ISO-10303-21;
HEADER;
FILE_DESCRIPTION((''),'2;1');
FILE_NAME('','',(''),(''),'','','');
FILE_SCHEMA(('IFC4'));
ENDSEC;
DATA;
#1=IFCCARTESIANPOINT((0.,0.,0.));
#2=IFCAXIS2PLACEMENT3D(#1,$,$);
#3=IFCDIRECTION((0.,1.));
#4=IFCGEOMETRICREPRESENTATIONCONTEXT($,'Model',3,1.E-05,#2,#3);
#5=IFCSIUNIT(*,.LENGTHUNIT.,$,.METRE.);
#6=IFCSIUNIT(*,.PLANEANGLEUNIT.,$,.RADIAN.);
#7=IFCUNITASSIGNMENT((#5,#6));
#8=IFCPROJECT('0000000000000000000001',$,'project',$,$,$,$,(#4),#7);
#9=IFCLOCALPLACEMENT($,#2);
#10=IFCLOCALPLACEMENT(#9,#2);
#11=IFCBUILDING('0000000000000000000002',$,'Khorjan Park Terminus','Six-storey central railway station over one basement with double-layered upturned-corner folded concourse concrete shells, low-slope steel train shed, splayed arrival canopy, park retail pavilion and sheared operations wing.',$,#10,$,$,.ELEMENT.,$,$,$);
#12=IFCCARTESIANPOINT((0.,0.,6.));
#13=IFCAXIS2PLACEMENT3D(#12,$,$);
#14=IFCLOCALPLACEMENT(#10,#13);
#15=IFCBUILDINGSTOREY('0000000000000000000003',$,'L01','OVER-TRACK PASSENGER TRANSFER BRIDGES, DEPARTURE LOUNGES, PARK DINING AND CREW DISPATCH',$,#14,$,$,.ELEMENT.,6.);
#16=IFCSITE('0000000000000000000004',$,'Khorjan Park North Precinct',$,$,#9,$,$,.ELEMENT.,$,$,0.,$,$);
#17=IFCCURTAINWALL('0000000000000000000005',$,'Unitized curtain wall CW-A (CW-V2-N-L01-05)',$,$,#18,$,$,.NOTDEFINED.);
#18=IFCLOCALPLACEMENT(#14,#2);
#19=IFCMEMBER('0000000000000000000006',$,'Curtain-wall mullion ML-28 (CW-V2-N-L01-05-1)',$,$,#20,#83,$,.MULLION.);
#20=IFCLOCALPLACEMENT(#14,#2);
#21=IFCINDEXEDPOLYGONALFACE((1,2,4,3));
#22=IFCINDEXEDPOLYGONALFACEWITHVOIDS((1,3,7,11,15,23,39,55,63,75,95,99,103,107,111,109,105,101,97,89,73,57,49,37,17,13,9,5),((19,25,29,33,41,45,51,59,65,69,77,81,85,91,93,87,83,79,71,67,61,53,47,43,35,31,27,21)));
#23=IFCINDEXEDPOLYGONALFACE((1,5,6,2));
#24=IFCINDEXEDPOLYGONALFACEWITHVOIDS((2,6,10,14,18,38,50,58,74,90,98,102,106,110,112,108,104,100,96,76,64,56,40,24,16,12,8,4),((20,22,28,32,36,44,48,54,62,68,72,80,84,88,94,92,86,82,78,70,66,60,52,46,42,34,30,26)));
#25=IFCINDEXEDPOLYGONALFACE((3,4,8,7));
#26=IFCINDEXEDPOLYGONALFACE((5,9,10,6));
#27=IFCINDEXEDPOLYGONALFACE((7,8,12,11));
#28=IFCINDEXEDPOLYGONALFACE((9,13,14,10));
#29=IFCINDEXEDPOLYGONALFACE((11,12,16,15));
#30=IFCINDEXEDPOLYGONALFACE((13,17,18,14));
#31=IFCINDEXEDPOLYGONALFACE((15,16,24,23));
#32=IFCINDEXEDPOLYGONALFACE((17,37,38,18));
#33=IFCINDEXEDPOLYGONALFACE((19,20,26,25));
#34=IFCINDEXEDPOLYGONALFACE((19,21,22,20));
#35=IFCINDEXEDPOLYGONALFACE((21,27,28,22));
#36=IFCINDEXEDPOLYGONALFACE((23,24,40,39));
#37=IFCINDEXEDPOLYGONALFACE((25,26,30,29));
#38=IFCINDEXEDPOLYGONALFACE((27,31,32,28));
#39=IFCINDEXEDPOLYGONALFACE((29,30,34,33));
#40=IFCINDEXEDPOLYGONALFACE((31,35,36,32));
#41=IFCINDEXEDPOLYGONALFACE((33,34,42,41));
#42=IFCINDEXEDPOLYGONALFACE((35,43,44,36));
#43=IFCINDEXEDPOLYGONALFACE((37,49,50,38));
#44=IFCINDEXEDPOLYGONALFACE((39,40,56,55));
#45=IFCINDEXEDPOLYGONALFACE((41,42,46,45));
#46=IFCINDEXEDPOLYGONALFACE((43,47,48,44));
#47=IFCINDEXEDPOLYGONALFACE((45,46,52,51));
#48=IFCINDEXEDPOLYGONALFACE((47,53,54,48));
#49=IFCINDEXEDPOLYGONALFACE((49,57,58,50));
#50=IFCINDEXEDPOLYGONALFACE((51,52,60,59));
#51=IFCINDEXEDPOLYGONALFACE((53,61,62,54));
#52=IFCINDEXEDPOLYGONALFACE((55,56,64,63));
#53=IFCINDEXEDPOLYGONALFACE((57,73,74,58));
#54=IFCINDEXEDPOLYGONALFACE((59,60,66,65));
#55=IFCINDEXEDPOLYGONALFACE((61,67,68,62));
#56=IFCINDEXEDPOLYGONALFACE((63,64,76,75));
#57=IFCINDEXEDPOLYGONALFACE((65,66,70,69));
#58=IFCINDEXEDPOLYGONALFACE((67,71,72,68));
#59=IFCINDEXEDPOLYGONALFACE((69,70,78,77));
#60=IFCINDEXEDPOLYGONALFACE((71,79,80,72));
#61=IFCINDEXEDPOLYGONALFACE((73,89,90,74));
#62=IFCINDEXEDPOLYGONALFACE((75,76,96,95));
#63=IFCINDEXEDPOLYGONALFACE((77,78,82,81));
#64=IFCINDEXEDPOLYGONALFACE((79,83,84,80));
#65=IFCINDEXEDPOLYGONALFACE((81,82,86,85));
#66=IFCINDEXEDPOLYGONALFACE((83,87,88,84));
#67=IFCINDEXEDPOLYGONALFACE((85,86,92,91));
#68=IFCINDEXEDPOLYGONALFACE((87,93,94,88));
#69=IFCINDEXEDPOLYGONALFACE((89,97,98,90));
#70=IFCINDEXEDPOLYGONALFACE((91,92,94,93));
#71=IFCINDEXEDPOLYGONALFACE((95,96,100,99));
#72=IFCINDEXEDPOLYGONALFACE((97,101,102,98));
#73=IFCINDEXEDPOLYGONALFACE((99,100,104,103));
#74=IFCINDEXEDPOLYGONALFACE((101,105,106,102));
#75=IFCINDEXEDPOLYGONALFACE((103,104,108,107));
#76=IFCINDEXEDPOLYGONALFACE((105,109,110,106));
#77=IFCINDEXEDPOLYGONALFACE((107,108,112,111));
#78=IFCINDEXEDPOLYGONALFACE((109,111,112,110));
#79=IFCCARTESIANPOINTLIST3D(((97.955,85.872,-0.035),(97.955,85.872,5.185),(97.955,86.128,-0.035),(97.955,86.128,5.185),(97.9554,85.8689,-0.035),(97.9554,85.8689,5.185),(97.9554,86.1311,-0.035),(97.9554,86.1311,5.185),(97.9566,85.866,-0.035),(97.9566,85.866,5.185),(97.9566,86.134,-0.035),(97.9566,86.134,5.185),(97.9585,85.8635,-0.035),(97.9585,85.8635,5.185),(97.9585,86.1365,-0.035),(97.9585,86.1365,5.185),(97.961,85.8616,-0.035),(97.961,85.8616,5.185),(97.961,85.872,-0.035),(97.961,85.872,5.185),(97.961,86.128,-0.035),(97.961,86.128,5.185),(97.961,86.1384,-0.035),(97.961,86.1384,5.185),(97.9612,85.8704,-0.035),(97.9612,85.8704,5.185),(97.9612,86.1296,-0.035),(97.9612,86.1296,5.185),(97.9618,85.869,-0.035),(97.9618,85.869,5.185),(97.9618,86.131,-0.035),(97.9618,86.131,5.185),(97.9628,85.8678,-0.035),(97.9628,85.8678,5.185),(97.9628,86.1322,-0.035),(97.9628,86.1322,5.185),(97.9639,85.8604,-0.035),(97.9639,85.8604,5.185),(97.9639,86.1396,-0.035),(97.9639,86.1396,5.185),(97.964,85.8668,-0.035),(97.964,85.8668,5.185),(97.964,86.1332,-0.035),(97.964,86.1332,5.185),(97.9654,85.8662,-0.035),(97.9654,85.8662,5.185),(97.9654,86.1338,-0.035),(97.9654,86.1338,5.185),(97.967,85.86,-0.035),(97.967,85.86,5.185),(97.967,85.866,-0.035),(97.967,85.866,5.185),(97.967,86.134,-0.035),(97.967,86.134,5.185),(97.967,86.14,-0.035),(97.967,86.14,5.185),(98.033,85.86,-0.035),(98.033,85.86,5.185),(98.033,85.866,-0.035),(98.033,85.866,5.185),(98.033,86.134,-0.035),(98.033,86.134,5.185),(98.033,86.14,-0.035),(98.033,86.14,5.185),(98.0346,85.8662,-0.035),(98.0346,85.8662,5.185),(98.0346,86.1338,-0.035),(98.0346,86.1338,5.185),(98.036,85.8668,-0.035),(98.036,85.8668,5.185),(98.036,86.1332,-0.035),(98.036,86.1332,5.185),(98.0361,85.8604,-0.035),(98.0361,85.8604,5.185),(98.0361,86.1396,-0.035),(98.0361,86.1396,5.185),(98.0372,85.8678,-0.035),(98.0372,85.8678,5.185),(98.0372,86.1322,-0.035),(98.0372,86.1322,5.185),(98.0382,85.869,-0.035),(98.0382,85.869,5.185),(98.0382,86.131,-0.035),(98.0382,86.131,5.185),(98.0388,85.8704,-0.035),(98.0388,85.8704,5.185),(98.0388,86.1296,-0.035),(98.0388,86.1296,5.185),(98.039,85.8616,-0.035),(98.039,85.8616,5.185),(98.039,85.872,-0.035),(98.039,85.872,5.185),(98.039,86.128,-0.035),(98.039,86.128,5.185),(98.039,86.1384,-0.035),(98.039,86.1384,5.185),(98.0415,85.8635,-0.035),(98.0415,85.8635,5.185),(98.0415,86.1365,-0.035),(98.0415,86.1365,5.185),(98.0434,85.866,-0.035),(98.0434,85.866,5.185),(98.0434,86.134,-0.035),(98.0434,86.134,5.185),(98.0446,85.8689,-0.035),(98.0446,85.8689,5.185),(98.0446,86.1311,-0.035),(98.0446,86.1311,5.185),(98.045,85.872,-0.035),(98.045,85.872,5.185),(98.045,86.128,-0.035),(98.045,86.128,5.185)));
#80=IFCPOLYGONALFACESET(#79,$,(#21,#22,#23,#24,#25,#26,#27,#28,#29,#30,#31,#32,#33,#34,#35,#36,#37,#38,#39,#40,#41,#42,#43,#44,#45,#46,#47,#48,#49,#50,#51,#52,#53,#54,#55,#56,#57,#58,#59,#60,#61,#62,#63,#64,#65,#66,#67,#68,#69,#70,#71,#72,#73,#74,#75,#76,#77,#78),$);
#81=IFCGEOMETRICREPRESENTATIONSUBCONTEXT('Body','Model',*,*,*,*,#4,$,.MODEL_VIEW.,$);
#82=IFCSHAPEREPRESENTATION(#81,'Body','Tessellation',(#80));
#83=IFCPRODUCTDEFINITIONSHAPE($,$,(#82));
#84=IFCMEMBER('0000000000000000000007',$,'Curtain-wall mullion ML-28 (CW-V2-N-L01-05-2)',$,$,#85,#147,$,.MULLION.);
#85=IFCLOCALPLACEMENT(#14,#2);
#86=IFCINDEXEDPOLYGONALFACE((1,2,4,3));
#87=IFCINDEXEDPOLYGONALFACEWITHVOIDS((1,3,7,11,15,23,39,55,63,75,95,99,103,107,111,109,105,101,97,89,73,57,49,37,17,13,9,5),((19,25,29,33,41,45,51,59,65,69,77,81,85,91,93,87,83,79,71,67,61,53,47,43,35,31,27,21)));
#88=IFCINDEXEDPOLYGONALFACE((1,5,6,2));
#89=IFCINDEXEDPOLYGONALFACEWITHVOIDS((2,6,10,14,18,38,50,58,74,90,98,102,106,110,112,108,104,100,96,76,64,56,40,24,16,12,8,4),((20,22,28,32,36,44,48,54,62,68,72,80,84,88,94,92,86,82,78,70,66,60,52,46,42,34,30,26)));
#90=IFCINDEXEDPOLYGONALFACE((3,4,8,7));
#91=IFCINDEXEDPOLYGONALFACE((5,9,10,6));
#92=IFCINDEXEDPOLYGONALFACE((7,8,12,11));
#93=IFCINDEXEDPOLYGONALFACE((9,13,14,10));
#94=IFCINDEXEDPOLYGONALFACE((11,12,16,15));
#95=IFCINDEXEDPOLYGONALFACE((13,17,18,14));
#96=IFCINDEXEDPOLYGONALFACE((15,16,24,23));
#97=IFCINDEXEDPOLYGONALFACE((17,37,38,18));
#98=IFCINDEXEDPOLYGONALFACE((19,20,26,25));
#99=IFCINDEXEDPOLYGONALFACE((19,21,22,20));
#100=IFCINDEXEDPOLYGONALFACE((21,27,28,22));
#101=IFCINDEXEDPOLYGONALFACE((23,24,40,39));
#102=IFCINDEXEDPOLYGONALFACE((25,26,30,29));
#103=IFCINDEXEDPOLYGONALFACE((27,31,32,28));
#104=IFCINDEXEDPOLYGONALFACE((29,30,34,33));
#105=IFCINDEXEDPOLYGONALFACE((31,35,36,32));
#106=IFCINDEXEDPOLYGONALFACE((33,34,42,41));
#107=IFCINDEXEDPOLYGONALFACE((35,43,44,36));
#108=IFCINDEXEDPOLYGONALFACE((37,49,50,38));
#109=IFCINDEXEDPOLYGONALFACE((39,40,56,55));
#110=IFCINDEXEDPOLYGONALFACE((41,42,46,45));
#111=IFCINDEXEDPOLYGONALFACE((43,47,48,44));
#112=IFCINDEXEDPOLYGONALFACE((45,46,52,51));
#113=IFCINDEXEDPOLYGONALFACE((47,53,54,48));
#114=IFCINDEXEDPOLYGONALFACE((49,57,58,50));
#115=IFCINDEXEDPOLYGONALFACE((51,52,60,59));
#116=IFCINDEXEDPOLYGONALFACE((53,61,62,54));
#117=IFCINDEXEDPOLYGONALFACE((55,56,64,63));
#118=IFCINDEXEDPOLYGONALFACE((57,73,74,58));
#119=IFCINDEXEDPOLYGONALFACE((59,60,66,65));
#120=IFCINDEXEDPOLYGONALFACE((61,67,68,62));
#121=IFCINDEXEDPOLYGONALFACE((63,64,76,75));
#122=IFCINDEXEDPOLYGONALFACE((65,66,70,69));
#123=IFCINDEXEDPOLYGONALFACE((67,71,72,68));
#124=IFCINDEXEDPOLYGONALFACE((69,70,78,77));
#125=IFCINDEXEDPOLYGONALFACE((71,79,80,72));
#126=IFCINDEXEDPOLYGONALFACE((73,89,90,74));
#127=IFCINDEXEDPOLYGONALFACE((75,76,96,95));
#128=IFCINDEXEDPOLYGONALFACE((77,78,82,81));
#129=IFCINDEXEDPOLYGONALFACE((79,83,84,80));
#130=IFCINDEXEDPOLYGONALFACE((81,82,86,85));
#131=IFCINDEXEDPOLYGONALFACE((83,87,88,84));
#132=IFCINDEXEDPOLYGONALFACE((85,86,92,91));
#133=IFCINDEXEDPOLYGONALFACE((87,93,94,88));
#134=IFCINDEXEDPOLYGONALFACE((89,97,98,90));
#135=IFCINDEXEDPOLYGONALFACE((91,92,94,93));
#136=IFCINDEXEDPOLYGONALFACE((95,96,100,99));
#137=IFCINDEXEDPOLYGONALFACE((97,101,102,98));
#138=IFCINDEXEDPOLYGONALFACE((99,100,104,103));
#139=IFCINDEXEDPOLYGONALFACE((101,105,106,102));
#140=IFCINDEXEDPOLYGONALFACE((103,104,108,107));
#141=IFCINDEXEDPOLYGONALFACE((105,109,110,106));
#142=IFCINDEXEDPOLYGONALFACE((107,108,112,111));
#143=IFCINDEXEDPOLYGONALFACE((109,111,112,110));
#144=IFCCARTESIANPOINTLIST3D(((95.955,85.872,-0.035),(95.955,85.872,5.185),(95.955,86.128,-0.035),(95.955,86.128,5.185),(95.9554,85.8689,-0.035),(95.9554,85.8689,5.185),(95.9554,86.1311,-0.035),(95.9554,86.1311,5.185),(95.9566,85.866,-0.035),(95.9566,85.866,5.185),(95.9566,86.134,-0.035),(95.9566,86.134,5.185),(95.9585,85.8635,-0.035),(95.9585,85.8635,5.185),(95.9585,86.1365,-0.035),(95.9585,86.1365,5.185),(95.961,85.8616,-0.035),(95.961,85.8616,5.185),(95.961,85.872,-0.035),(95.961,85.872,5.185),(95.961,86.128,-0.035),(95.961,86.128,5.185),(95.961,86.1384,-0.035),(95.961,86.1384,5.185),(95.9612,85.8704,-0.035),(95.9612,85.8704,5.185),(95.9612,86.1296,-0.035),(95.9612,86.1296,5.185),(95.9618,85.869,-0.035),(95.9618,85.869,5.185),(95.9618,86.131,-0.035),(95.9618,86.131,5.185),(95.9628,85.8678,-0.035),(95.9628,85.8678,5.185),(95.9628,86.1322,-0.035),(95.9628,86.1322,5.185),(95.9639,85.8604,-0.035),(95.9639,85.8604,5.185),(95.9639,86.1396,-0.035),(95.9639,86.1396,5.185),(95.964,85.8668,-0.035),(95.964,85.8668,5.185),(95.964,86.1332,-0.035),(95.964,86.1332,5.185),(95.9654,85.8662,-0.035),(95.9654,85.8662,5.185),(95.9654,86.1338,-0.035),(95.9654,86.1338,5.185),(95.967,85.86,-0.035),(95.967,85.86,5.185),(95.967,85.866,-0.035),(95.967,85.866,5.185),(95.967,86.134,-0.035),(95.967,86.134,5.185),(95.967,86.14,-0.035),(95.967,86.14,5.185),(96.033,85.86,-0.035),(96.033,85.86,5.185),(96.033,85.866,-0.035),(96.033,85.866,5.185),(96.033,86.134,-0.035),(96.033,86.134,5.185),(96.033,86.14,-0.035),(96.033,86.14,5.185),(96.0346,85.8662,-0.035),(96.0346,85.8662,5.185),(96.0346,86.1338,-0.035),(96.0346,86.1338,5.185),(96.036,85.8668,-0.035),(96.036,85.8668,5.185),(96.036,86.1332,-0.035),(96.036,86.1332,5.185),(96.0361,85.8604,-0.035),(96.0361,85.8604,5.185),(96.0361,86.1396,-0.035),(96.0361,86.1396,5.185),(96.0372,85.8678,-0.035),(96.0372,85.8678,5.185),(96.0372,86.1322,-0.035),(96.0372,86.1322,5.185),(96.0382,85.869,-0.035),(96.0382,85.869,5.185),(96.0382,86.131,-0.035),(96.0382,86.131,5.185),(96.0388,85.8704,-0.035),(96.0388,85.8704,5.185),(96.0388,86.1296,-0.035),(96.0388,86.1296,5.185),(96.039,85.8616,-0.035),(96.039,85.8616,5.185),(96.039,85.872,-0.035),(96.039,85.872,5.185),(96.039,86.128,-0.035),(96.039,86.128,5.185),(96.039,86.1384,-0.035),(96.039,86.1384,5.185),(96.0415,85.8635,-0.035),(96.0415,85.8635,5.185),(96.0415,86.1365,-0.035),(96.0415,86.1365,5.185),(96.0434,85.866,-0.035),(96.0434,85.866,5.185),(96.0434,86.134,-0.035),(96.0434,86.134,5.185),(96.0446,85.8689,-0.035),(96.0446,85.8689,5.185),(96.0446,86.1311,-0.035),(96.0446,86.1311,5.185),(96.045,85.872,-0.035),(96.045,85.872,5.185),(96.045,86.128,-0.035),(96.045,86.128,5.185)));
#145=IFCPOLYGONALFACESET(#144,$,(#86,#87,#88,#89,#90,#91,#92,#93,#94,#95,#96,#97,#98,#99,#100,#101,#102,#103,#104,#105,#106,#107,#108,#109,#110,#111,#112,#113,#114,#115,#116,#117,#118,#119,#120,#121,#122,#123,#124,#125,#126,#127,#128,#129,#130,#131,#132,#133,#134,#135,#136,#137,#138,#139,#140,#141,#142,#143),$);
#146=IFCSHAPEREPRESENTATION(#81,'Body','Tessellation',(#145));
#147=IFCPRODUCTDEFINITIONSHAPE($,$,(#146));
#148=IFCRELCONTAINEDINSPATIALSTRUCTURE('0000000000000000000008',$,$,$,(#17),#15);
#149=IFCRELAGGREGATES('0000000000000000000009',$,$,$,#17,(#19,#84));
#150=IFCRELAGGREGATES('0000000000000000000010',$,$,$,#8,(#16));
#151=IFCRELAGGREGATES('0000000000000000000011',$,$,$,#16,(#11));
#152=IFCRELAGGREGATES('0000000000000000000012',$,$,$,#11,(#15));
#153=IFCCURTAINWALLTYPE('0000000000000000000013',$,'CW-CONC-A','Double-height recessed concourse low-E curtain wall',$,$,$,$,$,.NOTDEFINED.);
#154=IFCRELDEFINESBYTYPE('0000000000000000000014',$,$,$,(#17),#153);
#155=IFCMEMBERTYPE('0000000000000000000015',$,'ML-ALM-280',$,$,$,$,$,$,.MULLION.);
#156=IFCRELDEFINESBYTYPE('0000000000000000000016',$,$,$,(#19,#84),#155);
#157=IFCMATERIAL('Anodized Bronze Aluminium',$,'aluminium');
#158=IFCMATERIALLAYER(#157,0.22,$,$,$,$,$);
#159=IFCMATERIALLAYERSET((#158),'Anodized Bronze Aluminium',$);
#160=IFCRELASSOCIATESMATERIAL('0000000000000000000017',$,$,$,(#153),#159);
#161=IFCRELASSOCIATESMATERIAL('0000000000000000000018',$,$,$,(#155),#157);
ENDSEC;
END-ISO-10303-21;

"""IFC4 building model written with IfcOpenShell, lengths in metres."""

from ifc_helpers import new_model, si_unit, direction, frame, origin, origin_2d, place, context, subcontext, project, spatial, hollow_rectangle, extrude, material, layer, layer_set, material_profile, profile_set, type_object, element, aggregate, save


model = new_model("IFC4")

# Units and contexts
model_context = context("Model", 3, precision=1e-05, world=origin(), true_north=direction((0.0, 1.0)))
body_context = subcontext(model_context, "Body", "Model", "MODEL_VIEW")
ifc_project = project(units=[si_unit("LENGTHUNIT", "METRE"), si_unit("PLANEANGLEUNIT", "RADIAN")], contexts=[model_context])

# Site, building, storey
site_placement = place(None, origin())
site = spatial("IfcSite", under=ifc_project, at=site_placement, Name="Khorjan Park North Precinct", CompositionType="ELEMENT", RefElevation=0.0)
building_placement = place(site_placement, origin())
building = spatial("IfcBuilding", under=site, at=building_placement, Name="Khorjan Park Terminus", Description="Six-storey central railway station over one basement with double-layered upturned-corner folded concourse concrete shells, low-slope steel train shed, splayed arrival canopy, park retail pavilion and sheared operations wing.", CompositionType="ELEMENT")
storey_placement = place(building_placement, frame((0.0, 0.0, 6.0)))
storey = spatial("IfcBuildingStorey", under=building, at=storey_placement, Name="L01", Description="OVER-TRACK PASSENGER TRANSFER BRIDGES, DEPARTURE LOUNGES, PARK DINING AND CREW DISPATCH", CompositionType="ELEMENT", Elevation=6.0)

# Curtain wall, members
ifc_material_1 = material(Name="Anodized Bronze Aluminium", Category="aluminium")
ifc_layer_1 = layer(ifc_material_1, 0.22)
ifc_layer_set_1 = layer_set([ifc_layer_1], Name="Anodized Bronze Aluminium")
curtain_wall_type = type_object("IfcCurtainWallType", Name="CW-CONC-A", Description="Double-height recessed concourse low-E curtain wall", PredefinedType="NOTDEFINED", material=ifc_layer_set_1)
curtain_wall_1_placement = place(storey_placement, origin())
curtain_wall_1 = element("IfcCurtainWall", 1, at=curtain_wall_1_placement, inside=storey, type_object=curtain_wall_type, Name="Unitized curtain wall CW-A (CW-V2-N-L01-05)", PredefinedType="NOTDEFINED")
ifc_material_profile_1 = material_profile(ifc_material_1, hollow_rectangle(XDim=0.09, YDim=0.28, WallThickness=0.006, InnerFilletRadius=0.006, OuterFilletRadius=0.012, at=origin_2d()), Name="ALM 90x280x6")
ifc_profile_set_1 = profile_set([ifc_material_profile_1], Name="Anodized Bronze Aluminium")
member_type_1 = type_object("IfcMemberType", Name="ML-ALM-280", PredefinedType="MULLION", material=ifc_profile_set_1)
member_1_placement = place(storey_placement, frame((98.0, 86.0, -0.035), z_axis=(0.0, 0.0, 1.0), x_axis=(-1.0, 0.0, 0.0)))
member_1 = element("IfcMember", 2, at=member_1_placement, type_object=member_type_1, Name="Curtain-wall mullion ML-28 (CW-V2-N-L01-05-1)", PredefinedType="MULLION", context=body_context, shape_type="SweptSolid", body=[
    extrude(hollow_rectangle(XDim=0.09, YDim=0.28, WallThickness=0.006, InnerFilletRadius=0.006, OuterFilletRadius=0.012, at=origin_2d()), origin(), (0.0, 0.0, 1.0), 5.22),
])
member_2_placement = place(storey_placement, frame((96.0, 86.0, -0.035), z_axis=(0.0, 0.0, 1.0), x_axis=(-1.0, 0.0, 0.0)))
member_2 = element("IfcMember", 3, at=member_2_placement, type_object=member_type_1, Name="Curtain-wall mullion ML-28 (CW-V2-N-L01-05-2)", PredefinedType="MULLION", context=body_context, shape_type="SweptSolid", body=[
    extrude(hollow_rectangle(XDim=0.09, YDim=0.28, WallThickness=0.006, InnerFilletRadius=0.006, OuterFilletRadius=0.012, at=origin_2d()), origin(), (0.0, 0.0, 1.0), 5.22),
])

aggregate(curtain_wall_1, [member_1, member_2])

save(model, "model.ifc")
